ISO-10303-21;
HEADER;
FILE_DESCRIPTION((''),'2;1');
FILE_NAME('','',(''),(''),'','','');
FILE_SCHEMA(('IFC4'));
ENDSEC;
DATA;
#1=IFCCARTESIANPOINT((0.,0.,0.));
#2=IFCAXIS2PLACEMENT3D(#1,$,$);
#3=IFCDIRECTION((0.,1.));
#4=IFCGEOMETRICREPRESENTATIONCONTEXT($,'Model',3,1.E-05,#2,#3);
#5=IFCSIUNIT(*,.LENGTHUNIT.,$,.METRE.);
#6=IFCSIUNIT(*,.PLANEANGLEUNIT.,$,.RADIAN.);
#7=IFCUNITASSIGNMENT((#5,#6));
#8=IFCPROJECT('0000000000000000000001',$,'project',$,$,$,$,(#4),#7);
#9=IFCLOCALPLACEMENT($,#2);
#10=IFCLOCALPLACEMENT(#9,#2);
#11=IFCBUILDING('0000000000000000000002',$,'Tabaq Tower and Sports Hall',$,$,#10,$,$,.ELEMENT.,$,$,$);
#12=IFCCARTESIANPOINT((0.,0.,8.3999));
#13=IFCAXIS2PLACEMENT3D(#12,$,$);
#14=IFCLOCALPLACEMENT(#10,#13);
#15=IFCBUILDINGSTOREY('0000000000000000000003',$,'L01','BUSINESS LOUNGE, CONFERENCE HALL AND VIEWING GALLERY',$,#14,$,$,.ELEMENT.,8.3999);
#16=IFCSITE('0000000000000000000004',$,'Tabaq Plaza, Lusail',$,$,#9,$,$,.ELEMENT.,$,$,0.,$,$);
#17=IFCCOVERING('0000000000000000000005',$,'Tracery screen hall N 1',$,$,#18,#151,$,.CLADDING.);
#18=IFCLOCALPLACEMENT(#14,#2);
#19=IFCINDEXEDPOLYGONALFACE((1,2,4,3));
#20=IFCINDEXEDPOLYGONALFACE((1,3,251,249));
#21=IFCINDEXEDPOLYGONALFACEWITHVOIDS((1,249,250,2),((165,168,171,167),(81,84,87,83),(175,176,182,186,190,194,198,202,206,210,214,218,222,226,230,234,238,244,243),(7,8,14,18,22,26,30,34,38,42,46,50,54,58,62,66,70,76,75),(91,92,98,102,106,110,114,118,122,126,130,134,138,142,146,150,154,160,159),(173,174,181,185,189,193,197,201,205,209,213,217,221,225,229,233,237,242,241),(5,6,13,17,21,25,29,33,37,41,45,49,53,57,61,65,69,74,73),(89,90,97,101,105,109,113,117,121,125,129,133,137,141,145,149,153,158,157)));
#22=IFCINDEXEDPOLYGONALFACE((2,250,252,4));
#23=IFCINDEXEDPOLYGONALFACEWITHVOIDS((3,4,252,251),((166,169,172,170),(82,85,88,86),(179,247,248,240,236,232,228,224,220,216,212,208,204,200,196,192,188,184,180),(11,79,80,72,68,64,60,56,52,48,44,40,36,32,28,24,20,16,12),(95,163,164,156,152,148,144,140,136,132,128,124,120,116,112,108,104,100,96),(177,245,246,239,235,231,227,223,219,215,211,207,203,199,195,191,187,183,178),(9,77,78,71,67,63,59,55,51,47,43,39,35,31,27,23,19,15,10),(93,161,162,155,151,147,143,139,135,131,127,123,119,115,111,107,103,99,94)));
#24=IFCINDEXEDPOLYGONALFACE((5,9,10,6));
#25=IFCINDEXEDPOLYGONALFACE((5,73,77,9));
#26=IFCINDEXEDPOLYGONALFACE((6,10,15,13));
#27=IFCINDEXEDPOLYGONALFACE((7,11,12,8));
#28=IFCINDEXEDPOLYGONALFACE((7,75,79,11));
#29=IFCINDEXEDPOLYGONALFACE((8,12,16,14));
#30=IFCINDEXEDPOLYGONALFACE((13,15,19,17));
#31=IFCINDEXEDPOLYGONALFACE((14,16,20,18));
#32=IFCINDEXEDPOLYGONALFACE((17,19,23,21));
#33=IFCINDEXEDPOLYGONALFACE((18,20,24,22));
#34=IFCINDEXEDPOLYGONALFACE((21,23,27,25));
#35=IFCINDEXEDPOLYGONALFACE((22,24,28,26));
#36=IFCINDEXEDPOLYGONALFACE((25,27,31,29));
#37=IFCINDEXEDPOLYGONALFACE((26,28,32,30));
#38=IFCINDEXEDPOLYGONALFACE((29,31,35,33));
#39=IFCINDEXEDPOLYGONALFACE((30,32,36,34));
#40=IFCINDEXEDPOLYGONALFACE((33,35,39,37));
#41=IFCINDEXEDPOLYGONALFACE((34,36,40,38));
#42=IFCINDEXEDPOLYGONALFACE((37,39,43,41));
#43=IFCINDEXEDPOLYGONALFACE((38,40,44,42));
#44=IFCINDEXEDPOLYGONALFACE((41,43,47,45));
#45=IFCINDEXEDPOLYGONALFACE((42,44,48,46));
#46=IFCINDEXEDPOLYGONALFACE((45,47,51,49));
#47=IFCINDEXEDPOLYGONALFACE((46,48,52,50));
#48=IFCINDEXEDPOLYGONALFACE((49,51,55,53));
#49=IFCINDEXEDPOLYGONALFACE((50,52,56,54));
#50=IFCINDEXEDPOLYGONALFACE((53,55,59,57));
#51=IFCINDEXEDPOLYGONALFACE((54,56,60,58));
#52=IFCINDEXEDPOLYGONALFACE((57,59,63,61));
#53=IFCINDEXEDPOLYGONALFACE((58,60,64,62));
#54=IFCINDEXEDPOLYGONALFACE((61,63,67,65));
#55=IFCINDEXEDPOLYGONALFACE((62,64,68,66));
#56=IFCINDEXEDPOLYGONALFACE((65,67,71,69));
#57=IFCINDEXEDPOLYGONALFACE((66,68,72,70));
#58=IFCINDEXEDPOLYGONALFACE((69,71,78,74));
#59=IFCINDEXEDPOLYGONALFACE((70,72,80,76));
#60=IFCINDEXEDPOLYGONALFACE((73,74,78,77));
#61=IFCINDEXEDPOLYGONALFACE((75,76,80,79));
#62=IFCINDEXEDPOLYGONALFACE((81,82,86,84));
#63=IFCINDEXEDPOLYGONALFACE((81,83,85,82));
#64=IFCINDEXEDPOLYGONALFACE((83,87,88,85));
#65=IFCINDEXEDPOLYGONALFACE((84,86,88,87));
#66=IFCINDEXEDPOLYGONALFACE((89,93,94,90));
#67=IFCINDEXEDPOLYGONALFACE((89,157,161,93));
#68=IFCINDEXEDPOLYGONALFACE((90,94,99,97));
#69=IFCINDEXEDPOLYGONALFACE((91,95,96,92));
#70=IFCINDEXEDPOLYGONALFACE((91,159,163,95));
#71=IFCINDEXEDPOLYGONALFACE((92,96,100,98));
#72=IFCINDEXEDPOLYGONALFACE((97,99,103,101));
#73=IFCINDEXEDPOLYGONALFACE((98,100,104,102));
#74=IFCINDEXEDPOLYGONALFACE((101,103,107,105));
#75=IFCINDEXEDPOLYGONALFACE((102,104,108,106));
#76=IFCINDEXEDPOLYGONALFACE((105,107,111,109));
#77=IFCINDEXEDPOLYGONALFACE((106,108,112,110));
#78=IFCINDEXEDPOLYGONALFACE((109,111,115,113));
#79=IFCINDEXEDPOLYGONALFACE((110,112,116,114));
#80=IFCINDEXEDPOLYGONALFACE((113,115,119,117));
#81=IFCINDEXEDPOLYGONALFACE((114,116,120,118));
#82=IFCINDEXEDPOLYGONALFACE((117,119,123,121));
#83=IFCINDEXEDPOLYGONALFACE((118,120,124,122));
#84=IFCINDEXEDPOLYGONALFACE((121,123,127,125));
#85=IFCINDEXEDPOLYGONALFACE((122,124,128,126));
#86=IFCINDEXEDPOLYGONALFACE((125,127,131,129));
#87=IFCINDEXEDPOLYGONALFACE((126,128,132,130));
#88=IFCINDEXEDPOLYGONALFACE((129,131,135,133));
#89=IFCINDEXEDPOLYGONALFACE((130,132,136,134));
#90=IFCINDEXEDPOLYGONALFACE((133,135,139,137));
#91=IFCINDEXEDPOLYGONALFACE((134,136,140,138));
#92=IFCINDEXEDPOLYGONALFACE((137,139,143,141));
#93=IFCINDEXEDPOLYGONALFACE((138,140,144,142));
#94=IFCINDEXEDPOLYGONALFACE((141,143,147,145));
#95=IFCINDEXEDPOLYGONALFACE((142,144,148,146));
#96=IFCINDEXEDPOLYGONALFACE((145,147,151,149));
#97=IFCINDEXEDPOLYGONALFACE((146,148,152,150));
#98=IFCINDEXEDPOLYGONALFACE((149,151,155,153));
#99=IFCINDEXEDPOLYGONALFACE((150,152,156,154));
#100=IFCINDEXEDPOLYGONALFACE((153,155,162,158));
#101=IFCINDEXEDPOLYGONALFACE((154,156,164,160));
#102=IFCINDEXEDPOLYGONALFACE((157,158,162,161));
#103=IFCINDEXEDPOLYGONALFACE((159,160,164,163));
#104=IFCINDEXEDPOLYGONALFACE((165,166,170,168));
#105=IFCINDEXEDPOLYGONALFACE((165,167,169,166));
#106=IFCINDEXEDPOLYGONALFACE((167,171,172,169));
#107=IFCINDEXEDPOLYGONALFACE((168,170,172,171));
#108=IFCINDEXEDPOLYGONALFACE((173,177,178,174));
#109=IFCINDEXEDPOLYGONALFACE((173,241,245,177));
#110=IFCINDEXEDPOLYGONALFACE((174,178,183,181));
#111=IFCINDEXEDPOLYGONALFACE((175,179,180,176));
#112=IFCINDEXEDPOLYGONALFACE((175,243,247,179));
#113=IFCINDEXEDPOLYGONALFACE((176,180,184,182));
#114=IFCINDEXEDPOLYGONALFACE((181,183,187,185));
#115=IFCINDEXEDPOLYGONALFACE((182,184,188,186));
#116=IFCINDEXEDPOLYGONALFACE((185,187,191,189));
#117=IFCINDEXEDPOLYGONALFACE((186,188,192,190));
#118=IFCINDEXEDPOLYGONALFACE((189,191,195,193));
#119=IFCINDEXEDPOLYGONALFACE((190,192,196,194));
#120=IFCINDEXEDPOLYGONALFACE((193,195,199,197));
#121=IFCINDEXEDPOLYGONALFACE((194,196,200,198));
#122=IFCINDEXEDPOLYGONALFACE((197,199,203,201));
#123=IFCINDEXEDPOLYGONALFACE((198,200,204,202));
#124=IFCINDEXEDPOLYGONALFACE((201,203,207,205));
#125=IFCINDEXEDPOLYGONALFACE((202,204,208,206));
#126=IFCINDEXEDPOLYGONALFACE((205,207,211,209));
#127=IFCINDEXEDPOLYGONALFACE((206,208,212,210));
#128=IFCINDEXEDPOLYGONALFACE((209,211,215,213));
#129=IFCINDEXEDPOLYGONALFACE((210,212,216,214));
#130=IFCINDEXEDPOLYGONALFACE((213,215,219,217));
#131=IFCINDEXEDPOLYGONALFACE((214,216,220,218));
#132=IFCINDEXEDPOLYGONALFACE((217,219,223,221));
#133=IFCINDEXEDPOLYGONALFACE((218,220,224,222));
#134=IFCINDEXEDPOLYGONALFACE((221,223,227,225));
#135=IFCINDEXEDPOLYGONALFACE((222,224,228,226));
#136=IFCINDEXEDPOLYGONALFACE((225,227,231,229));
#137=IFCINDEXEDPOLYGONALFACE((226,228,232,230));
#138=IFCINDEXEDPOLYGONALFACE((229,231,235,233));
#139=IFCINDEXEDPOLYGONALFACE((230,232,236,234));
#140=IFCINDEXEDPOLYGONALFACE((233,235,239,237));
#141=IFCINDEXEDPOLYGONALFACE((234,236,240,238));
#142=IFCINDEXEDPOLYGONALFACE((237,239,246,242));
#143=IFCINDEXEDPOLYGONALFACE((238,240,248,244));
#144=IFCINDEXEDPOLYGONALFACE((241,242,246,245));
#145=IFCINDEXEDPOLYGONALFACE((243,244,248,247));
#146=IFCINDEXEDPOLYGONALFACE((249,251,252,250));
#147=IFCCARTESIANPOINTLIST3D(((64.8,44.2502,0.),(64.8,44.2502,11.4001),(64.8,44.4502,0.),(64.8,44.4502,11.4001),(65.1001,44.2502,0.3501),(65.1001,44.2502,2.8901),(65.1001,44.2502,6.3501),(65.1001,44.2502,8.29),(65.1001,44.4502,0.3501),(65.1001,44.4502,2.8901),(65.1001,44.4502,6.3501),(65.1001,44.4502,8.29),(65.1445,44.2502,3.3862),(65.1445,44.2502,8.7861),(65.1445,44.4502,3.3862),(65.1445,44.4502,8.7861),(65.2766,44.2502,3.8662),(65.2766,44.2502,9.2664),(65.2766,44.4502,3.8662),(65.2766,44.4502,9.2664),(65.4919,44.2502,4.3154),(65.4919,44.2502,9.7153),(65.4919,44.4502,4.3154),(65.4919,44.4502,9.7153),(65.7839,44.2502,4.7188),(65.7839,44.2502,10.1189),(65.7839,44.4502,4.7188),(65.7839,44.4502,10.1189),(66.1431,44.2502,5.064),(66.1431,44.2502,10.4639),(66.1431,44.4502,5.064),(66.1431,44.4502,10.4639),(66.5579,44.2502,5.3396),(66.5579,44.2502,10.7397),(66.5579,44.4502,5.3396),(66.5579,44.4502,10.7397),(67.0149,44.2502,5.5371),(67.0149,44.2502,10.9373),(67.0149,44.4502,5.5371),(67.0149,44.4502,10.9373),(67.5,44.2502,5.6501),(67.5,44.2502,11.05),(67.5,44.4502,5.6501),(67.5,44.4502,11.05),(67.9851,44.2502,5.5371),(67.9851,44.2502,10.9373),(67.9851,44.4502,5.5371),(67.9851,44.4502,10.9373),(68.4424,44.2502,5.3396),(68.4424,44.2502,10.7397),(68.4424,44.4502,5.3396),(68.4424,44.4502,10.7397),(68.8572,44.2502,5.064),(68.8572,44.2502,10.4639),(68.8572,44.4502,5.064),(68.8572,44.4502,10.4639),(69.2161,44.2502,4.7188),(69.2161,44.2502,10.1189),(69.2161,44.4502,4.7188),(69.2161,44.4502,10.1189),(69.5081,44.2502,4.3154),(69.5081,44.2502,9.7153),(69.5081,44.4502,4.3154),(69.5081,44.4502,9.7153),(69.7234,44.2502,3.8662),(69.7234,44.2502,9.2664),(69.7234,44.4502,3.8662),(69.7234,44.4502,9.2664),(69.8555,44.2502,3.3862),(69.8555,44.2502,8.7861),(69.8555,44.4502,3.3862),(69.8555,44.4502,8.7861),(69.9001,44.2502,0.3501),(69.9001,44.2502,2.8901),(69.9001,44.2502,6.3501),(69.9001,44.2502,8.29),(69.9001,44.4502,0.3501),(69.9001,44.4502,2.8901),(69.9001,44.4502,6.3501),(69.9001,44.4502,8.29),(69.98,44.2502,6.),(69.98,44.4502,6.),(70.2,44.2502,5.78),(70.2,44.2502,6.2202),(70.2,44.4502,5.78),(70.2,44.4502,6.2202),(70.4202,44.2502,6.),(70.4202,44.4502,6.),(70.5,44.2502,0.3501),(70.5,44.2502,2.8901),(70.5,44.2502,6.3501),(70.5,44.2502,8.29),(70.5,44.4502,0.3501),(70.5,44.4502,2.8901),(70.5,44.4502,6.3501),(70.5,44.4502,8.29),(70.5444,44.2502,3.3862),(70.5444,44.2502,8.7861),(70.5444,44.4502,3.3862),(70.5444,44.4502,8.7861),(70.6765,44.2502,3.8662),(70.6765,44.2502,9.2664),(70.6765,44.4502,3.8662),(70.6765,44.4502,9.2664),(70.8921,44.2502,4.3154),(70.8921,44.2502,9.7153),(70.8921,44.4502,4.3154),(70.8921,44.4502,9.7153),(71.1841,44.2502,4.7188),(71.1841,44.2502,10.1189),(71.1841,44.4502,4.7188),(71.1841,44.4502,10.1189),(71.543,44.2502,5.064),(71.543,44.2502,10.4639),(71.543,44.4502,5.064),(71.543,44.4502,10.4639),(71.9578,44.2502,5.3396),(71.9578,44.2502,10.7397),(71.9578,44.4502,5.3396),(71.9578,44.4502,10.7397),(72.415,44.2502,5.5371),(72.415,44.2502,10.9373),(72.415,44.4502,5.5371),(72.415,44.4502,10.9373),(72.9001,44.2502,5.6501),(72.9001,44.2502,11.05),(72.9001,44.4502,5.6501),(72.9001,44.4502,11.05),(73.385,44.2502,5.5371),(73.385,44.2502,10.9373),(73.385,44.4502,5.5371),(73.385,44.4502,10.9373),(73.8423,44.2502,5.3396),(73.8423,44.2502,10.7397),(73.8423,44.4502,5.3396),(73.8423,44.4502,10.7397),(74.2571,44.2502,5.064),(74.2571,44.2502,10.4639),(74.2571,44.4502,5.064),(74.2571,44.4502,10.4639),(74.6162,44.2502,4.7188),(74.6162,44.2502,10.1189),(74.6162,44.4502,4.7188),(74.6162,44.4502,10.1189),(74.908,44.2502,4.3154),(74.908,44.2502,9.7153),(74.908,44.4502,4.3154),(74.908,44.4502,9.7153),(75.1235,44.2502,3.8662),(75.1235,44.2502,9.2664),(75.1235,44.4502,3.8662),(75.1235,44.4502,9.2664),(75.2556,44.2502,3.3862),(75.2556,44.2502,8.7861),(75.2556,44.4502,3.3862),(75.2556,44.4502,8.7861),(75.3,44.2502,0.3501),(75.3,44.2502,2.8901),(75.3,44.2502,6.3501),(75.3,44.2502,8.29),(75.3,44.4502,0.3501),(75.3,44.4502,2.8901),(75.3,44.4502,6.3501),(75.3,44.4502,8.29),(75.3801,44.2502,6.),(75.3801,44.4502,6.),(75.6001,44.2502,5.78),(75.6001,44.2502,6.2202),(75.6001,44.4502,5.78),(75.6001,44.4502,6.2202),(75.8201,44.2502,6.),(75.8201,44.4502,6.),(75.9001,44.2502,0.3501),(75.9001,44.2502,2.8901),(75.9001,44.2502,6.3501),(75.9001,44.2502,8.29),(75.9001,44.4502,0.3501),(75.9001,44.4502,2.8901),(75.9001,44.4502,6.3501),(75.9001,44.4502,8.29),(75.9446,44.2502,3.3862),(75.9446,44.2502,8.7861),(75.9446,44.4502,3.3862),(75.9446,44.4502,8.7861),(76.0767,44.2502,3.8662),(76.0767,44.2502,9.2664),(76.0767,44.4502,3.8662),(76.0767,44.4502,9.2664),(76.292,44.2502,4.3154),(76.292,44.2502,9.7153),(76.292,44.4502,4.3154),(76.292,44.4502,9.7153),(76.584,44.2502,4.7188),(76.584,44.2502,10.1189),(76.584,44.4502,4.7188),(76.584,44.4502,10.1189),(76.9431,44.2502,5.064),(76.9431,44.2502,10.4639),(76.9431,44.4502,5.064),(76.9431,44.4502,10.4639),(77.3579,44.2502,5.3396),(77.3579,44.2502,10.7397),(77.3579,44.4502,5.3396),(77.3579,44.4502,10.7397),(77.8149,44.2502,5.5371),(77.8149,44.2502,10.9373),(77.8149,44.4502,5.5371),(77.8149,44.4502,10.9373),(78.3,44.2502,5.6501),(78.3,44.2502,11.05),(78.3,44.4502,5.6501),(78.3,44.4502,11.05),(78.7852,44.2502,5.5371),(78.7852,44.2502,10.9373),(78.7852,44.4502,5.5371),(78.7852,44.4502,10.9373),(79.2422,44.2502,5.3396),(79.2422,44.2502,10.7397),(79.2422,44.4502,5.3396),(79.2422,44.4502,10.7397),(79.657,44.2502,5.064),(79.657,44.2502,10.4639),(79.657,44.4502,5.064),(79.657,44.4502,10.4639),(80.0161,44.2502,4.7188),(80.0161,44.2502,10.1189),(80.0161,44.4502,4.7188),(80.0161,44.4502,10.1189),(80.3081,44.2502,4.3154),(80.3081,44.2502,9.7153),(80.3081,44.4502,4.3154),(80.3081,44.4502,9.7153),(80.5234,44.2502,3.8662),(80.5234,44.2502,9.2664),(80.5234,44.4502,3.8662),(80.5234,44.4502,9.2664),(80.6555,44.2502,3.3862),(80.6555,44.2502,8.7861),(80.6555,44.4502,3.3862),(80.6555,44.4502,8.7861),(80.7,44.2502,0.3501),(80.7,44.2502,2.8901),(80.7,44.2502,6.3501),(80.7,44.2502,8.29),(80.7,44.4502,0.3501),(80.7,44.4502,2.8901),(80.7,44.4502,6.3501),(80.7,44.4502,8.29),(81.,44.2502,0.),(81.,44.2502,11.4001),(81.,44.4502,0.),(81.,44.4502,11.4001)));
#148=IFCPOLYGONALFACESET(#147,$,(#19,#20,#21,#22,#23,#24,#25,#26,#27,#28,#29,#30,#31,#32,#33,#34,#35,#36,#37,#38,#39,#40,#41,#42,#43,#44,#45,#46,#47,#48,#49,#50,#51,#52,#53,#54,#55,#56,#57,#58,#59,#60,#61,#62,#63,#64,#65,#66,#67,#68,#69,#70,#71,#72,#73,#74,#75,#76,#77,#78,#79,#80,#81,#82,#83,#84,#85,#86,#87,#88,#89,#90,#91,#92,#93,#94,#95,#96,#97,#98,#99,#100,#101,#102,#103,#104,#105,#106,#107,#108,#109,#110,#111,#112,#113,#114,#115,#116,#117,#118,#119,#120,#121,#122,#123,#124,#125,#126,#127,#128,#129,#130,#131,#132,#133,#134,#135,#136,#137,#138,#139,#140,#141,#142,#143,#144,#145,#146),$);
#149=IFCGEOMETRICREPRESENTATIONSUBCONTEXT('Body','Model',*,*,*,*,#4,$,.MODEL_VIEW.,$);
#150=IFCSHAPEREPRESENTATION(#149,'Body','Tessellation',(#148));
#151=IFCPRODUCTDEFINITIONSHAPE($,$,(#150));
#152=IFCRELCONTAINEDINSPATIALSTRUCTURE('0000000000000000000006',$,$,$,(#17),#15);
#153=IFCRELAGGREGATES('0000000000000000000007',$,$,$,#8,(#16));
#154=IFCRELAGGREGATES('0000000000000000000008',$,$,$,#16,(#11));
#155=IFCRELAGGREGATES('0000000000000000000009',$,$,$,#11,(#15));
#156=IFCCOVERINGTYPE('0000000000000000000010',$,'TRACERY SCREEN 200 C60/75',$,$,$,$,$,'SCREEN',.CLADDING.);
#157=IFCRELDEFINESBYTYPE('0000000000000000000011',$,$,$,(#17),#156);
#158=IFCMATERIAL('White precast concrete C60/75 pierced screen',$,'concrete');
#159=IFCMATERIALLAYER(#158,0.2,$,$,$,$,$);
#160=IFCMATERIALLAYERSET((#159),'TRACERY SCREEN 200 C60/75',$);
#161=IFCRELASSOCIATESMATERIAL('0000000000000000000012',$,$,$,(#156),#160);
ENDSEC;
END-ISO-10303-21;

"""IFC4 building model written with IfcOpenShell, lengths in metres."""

from ifc_helpers import new_model, si_unit, direction, frame, origin, place, context, subcontext, project, spatial, polyline, outline, extrude, material, layer, layer_set, type_object, element, save


model = new_model("IFC4")

# Units and contexts
model_context = context("Model", 3, precision=1e-05, world=origin(), true_north=direction((0.0, 1.0)))
body_context = subcontext(model_context, "Body", "Model", "MODEL_VIEW")
ifc_project = project(units=[si_unit("LENGTHUNIT", "METRE"), si_unit("PLANEANGLEUNIT", "RADIAN")], contexts=[model_context])

# Site, building, storey
site_placement = place(None, origin())
site = spatial("IfcSite", under=ifc_project, at=site_placement, Name="Tabaq Plaza, Lusail", CompositionType="ELEMENT", RefElevation=0.0)
building_placement = place(site_placement, origin())
building = spatial("IfcBuilding", under=site, at=building_placement, Name="Tabaq Tower and Sports Hall", CompositionType="ELEMENT")
storey_placement = place(building_placement, frame((0.0, 0.0, 8.3999)))
storey = spatial("IfcBuildingStorey", under=building, at=storey_placement, Name="L01", Description="BUSINESS LOUNGE, CONFERENCE HALL AND VIEWING GALLERY", CompositionType="ELEMENT", Elevation=8.3999)

# Covering
ifc_material_1 = material(Name="White precast concrete C60/75 pierced screen", Category="concrete")
ifc_layer_1 = layer(ifc_material_1, 0.2)
ifc_layer_set_1 = layer_set([ifc_layer_1], Name="TRACERY SCREEN 200 C60/75")
covering_type_1 = type_object("IfcCoveringType", Name="TRACERY SCREEN 200 C60/75", ElementType="SCREEN", PredefinedType="CLADDING", material=ifc_layer_set_1)
covering_1_placement = place(storey_placement, frame((64.8, 44.3501, 0.0), z_axis=(0.0, 0.0, 1.0), x_axis=(1.0, 0.0, 0.0)))
element("IfcCovering", 1, at=covering_1_placement, inside=storey, type_object=covering_type_1, Name="Tracery screen hall N 1", PredefinedType="CLADDING", context=body_context, shape_type="SweptSolid", body=[
    extrude(outline(polyline([(0.0, 0.0), (16.2, 0.0), (16.2, 11.4001), (0.0, 11.4001), (0.0, 0.0)]), holes=[polyline([(0.3, 0.3501), (5.1001, 0.3501), (5.1001, 2.8901), (5.0554, 3.3862), (4.9233, 3.8662), (4.708, 4.3154), (4.416, 4.7188), (4.0571, 5.064), (3.6423, 5.3396), (3.1851, 5.5371), (2.7, 5.6501), (2.2148, 5.5371), (1.7578, 5.3396), (1.343, 5.064), (0.9839, 4.7188), (0.6919, 4.3154), (0.4766, 3.8662), (0.3445, 3.3862), (0.3, 2.8901), (0.3, 0.3501)]), polyline([(5.7, 0.3501), (10.5, 0.3501), (10.5, 2.8901), (10.4556, 3.3862), (10.3235, 3.8662), (10.1079, 4.3154), (9.8162, 4.7188), (9.457, 5.064), (9.0422, 5.3396), (8.585, 5.5371), (8.1001, 5.6501), (7.615, 5.5371), (7.1577, 5.3396), (6.7429, 5.064), (6.384, 4.7188), (6.092, 4.3154), (5.8765, 3.8662), (5.7444, 3.3862), (5.7, 2.8901), (5.7, 0.3501)]), polyline([(11.1001, 0.3501), (15.8999, 0.3501), (15.8999, 2.8901), (15.8555, 3.3862), (15.7234, 3.8662), (15.5081, 4.3154), (15.2161, 4.7188), (14.8569, 5.064), (14.4421, 5.3396), (13.9851, 5.5371), (13.5, 5.6501), (13.0149, 5.5371), (12.5579, 5.3396), (12.1431, 5.064), (11.7839, 4.7188), (11.4919, 4.3154), (11.2766, 3.8662), (11.1445, 3.3862), (11.1001, 2.8901), (11.1001, 0.3501)]), polyline([(0.3, 6.3501), (5.1001, 6.3501), (5.1001, 8.29), (5.0554, 8.7861), (4.9233, 9.2664), (4.708, 9.7153), (4.416, 10.1189), (4.0571, 10.4639), (3.6423, 10.7397), (3.1851, 10.9373), (2.7, 11.05), (2.2148, 10.9373), (1.7578, 10.7397), (1.343, 10.4639), (0.9839, 10.1189), (0.6919, 9.7153), (0.4766, 9.2664), (0.3445, 8.7861), (0.3, 8.29), (0.3, 6.3501)]), polyline([(5.7, 6.3501), (10.5, 6.3501), (10.5, 8.29), (10.4556, 8.7861), (10.3235, 9.2664), (10.1079, 9.7153), (9.8162, 10.1189), (9.457, 10.4639), (9.0422, 10.7397), (8.585, 10.9373), (8.1001, 11.05), (7.615, 10.9373), (7.1577, 10.7397), (6.7429, 10.4639), (6.384, 10.1189), (6.092, 9.7153), (5.8765, 9.2664), (5.7444, 8.7861), (5.7, 8.29), (5.7, 6.3501)]), polyline([(11.1001, 6.3501), (15.8999, 6.3501), (15.8999, 8.29), (15.8555, 8.7861), (15.7234, 9.2664), (15.5081, 9.7153), (15.2161, 10.1189), (14.8569, 10.4639), (14.4421, 10.7397), (13.9851, 10.9373), (13.5, 11.05), (13.0149, 10.9373), (12.5579, 10.7397), (12.1431, 10.4639), (11.7839, 10.1189), (11.4919, 9.7153), (11.2766, 9.2664), (11.1445, 8.7861), (11.1001, 8.29), (11.1001, 6.3501)]), polyline([(5.6201, 6.0), (5.3999, 6.2202), (5.1799, 6.0), (5.3999, 5.78), (5.6201, 6.0)]), polyline([(11.02, 6.0), (10.8, 6.2202), (10.5801, 6.0), (10.8, 5.78), (11.02, 6.0)])]), frame((0.0, 0.1001, 0.0), z_axis=(0.0, -1.0, 0.0), x_axis=(1.0, 0.0, 0.0)), (0.0, 0.0, 1.0), 0.2),
])

save(model, "model.ifc")
